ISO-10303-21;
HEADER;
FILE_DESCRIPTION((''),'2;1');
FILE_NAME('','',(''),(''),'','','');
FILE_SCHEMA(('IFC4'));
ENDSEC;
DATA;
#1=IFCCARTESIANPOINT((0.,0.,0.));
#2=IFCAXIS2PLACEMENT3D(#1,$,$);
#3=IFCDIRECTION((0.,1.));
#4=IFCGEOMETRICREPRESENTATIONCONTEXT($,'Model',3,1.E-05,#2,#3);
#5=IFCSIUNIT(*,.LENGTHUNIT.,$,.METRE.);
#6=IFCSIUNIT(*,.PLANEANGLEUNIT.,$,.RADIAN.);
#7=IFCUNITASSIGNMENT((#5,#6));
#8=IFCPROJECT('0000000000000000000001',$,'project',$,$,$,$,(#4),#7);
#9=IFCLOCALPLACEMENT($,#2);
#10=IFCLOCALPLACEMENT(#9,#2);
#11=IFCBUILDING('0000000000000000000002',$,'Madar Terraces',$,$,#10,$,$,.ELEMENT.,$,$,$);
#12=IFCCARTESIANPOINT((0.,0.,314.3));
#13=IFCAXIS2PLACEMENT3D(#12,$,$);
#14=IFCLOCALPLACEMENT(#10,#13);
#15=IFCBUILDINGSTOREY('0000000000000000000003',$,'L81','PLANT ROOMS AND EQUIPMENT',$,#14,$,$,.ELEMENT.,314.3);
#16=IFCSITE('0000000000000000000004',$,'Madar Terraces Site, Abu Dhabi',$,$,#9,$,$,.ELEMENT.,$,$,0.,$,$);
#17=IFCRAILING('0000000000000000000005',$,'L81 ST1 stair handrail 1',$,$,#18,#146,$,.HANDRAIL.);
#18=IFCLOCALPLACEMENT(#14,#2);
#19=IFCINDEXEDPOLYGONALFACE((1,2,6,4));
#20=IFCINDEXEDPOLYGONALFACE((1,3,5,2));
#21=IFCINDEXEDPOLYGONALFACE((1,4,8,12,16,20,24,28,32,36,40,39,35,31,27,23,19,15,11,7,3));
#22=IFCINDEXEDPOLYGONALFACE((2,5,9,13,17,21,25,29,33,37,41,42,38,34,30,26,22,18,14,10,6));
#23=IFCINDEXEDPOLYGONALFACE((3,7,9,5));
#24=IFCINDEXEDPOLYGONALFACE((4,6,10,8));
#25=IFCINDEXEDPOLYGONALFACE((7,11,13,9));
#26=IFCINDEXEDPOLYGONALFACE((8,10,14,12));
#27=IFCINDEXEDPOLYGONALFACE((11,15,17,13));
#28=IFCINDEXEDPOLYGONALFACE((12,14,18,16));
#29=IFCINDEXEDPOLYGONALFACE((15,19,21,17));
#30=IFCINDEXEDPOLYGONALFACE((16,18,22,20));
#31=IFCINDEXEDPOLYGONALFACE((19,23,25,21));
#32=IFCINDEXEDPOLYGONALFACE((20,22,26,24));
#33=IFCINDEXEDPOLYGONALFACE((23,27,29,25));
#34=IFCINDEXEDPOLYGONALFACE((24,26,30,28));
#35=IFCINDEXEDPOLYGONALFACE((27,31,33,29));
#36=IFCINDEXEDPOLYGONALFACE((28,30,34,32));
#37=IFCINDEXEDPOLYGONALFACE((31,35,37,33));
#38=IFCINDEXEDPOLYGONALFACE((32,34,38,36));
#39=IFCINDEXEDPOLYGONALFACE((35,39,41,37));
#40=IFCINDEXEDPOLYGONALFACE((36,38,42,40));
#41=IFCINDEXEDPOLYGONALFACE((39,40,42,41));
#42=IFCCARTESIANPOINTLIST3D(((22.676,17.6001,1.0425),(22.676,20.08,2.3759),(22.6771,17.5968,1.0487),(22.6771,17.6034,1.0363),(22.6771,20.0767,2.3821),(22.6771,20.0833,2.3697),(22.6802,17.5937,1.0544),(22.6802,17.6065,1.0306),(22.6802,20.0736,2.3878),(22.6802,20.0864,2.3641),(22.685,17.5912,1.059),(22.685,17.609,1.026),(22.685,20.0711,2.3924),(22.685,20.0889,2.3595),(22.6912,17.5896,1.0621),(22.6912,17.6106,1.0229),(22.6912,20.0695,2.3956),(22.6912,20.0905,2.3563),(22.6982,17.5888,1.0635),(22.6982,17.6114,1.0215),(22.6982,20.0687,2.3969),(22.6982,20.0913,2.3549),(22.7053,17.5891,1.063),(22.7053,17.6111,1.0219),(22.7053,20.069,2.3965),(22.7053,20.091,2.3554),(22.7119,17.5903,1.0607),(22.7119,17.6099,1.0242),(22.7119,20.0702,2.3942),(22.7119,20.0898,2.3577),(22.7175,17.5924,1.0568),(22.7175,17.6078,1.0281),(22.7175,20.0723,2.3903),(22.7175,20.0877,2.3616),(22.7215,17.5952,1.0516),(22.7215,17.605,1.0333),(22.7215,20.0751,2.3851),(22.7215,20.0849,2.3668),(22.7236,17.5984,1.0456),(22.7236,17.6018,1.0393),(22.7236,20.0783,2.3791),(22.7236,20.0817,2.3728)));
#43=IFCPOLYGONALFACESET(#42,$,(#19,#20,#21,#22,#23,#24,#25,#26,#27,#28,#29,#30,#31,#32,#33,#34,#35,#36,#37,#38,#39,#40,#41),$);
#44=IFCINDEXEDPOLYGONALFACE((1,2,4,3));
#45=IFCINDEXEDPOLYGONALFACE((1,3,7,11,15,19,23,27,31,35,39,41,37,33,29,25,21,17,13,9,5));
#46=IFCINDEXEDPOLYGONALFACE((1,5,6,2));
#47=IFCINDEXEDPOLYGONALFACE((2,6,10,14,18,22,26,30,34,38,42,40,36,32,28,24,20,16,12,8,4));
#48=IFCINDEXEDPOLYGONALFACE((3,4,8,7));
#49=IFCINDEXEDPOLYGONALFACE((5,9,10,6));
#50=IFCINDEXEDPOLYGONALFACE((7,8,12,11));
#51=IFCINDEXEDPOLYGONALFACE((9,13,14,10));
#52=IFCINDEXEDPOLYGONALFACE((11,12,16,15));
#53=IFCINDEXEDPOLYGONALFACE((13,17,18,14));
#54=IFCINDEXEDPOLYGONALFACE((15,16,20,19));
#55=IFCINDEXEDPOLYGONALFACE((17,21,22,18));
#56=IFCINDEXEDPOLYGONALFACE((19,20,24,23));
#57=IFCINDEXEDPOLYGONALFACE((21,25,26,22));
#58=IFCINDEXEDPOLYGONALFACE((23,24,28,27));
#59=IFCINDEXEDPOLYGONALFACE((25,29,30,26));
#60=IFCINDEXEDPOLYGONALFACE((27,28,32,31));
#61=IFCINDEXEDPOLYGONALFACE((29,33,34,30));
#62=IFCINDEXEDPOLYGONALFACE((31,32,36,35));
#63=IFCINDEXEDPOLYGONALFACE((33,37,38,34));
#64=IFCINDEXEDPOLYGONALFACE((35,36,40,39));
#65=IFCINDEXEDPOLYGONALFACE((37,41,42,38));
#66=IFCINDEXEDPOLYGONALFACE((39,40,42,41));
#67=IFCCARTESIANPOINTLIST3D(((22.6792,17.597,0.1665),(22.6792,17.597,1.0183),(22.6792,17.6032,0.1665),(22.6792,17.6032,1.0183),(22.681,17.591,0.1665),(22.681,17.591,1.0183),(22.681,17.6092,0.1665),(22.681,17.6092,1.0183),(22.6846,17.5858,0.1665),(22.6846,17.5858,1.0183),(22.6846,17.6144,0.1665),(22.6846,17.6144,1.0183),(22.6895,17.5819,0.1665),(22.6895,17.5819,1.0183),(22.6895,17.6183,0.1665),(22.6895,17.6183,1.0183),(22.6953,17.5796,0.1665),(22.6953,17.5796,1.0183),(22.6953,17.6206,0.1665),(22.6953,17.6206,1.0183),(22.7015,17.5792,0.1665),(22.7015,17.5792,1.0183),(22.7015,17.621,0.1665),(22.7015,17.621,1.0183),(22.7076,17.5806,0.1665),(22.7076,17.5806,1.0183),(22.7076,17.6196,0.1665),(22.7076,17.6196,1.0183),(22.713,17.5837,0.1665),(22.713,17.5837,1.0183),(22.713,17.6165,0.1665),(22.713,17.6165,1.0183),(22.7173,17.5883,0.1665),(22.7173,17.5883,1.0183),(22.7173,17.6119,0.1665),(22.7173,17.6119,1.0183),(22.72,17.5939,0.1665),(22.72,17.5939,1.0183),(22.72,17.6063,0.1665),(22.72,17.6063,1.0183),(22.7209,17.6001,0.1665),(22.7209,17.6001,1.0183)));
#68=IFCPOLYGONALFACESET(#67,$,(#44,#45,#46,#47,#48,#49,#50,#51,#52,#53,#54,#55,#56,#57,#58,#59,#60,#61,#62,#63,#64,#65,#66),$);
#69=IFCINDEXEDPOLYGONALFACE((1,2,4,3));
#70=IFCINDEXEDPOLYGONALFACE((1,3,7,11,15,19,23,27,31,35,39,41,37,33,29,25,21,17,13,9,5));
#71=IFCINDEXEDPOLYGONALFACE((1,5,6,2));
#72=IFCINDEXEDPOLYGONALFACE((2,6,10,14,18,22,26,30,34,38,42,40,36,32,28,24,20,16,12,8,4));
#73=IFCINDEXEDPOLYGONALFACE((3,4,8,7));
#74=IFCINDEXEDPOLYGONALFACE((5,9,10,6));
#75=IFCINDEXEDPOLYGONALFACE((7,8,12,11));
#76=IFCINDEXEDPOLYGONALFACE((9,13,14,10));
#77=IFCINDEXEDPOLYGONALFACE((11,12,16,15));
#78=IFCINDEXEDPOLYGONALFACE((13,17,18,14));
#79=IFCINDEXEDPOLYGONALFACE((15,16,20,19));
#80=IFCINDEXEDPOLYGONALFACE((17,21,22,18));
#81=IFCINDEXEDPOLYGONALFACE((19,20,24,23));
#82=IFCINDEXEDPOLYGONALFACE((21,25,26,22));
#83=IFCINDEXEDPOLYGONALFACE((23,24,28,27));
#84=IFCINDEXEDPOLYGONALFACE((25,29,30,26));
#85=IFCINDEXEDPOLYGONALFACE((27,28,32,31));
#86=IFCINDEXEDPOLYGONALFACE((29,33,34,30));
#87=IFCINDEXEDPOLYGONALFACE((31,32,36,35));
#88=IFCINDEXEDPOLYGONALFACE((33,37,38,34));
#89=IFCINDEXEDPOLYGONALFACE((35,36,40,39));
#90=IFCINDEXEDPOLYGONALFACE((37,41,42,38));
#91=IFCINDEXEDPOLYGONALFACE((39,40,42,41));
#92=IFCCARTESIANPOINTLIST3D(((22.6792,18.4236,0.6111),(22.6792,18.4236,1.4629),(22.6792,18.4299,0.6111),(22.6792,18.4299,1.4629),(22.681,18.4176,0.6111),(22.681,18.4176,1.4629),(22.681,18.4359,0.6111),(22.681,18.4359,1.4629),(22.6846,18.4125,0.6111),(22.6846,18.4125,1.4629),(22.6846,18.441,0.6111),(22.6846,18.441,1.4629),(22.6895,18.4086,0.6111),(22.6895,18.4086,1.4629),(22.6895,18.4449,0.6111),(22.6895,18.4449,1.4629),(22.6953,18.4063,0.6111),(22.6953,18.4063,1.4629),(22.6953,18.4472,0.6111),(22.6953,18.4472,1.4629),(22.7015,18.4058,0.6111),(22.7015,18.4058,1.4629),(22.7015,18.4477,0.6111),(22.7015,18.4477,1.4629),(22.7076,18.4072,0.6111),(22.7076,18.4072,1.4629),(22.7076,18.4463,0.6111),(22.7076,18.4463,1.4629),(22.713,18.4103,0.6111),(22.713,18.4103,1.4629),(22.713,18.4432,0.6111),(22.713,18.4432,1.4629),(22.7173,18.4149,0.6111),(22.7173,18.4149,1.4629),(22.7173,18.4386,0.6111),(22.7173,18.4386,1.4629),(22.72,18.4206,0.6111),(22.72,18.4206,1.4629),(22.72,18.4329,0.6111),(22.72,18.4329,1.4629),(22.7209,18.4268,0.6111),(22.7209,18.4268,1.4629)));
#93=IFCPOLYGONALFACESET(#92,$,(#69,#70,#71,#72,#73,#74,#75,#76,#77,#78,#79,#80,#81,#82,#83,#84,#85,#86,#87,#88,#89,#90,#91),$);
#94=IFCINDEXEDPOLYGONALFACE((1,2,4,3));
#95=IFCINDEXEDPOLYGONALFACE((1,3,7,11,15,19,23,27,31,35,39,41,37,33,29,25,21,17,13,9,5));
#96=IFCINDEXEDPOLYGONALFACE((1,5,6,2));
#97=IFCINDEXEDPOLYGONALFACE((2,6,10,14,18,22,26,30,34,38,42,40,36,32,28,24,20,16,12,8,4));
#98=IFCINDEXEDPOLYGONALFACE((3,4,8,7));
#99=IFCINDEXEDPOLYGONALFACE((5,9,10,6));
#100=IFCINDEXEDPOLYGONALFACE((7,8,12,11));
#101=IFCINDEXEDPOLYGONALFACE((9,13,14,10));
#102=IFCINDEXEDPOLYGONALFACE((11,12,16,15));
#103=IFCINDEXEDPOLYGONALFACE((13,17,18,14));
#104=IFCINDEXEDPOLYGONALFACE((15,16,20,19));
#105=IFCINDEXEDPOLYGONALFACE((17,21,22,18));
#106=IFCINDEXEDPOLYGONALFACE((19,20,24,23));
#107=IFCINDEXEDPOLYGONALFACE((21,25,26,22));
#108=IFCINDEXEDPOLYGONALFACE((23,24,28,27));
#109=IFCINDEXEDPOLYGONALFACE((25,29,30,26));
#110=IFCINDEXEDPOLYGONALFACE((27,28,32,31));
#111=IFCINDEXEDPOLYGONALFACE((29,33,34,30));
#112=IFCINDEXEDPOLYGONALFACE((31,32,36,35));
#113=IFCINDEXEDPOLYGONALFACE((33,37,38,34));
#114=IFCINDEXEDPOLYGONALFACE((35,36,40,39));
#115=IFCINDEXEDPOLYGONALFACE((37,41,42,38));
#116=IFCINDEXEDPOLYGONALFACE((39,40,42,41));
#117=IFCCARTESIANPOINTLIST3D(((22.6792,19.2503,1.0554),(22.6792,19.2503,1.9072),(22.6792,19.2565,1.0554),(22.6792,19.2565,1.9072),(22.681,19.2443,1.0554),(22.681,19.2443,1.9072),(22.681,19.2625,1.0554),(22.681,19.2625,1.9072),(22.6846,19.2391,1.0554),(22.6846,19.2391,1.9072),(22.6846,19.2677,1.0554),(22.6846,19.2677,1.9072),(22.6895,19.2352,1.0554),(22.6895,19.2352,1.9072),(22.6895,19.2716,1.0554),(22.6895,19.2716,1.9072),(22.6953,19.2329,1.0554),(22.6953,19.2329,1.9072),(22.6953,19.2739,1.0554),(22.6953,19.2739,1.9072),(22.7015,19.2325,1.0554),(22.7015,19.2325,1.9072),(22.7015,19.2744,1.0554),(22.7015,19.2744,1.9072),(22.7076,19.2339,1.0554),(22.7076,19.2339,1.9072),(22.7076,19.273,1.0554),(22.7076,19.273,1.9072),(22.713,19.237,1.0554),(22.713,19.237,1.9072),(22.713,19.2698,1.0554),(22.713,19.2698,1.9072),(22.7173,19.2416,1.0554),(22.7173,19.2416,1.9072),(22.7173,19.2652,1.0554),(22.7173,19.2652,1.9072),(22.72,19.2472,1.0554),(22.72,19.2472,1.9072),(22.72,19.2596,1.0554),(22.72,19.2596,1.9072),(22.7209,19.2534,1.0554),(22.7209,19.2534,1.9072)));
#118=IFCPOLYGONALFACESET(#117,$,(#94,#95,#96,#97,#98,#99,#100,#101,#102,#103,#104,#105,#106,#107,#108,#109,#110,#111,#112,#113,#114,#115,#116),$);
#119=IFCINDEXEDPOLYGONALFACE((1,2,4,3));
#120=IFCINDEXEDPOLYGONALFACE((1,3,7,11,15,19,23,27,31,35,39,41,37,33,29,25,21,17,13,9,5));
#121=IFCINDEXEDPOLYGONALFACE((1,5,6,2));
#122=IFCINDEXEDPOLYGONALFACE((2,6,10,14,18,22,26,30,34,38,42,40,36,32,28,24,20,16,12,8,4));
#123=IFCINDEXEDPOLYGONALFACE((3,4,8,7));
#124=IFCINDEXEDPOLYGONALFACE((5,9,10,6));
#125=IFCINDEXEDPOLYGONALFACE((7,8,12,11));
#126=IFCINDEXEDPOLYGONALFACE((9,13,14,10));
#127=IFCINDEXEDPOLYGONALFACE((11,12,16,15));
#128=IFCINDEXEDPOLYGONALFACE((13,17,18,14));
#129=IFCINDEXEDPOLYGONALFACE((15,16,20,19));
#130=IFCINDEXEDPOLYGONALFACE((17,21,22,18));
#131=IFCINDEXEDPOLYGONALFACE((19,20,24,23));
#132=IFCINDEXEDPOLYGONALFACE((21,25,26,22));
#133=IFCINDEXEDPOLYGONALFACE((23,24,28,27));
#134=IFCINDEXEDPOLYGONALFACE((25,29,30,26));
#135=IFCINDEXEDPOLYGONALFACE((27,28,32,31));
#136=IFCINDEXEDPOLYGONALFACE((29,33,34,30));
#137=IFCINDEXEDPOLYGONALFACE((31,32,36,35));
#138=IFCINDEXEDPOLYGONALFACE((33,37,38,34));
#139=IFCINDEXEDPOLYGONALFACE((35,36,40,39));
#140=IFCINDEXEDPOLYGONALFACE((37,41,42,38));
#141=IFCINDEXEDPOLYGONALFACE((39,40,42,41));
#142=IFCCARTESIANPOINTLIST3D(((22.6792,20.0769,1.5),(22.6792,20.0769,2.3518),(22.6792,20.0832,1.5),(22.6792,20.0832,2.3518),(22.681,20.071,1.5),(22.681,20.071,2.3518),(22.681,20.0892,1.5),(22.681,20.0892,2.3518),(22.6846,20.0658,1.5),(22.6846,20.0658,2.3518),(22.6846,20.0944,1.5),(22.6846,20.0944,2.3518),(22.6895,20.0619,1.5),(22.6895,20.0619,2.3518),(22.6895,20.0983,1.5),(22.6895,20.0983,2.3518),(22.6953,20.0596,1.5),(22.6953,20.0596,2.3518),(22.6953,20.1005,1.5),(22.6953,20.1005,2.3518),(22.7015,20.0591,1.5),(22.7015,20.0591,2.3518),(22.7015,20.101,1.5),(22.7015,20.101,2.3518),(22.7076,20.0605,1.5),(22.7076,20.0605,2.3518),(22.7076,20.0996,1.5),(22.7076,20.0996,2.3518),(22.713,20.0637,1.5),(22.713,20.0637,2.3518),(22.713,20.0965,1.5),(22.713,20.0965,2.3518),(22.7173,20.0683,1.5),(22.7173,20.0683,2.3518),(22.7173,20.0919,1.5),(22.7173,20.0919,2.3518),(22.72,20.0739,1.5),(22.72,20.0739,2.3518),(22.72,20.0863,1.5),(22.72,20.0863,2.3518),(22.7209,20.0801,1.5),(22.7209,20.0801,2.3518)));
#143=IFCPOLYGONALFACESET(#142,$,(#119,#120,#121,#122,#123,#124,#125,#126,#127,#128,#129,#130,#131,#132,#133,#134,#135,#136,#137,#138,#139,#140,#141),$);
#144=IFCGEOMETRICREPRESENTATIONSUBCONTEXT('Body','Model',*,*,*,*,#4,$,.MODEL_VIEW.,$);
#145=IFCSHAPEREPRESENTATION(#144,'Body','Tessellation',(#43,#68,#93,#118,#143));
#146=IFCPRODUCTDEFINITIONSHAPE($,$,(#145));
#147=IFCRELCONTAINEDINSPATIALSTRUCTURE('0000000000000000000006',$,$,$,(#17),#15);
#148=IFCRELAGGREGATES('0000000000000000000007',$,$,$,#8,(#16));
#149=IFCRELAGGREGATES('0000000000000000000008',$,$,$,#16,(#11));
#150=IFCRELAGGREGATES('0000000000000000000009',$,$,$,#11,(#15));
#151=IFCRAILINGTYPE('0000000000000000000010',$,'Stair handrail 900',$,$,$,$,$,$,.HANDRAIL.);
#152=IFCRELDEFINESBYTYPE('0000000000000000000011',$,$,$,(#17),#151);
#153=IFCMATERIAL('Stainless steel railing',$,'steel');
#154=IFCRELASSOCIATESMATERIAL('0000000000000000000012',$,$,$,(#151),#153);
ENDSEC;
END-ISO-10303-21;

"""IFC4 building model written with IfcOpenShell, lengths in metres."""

from ifc_helpers import new_model, si_unit, direction, frame, origin, origin_2d, place, context, subcontext, project, spatial, circle, extrude, material, type_object, element, save


model = new_model("IFC4")

# Units and contexts
model_context = context("Model", 3, precision=1e-05, world=origin(), true_north=direction((0.0, 1.0)))
body_context = subcontext(model_context, "Body", "Model", "MODEL_VIEW")
ifc_project = project(units=[si_unit("LENGTHUNIT", "METRE"), si_unit("PLANEANGLEUNIT", "RADIAN")], contexts=[model_context])

# Site, building, storey
site_placement = place(None, origin())
site = spatial("IfcSite", under=ifc_project, at=site_placement, Name="Madar Terraces Site, Abu Dhabi", CompositionType="ELEMENT", RefElevation=0.0)
building_placement = place(site_placement, origin())
building = spatial("IfcBuilding", under=site, at=building_placement, Name="Madar Terraces", CompositionType="ELEMENT")
storey_placement = place(building_placement, frame((0.0, 0.0, 314.3)))
storey = spatial("IfcBuildingStorey", under=building, at=storey_placement, Name="L81", Description="PLANT ROOMS AND EQUIPMENT", CompositionType="ELEMENT", Elevation=314.3)

# Railing
ifc_material_1 = material(Name="Stainless steel railing", Category="steel")
railing_type_1 = type_object("IfcRailingType", Name="Stair handrail 900", PredefinedType="HANDRAIL", material=ifc_material_1)
railing_1_placement = place(storey_placement, frame((22.7, 17.6001, 0.1665)))
element("IfcRailing", 1, at=railing_1_placement, inside=storey, type_object=railing_type_1, Name="L81 ST1 stair handrail 1", PredefinedType="HANDRAIL", context=body_context, shape_type="SweptSolid", body=[
    extrude(circle(Radius=0.0239, at=origin_2d()), frame((0.0, 0.0, 0.876), z_axis=(0.0, 0.880749, 0.473583), x_axis=(-1.0, 0.0, 0.0)), (0.0, 0.0, 1.0), 2.8157),
    extrude(circle(Radius=0.021, at=origin_2d()), origin(), (0.0, 0.0, 1.0), 0.8518),
    extrude(circle(Radius=0.021, at=origin_2d()), frame((0.0, 0.8267, 0.4446)), (0.0, 0.0, 1.0), 0.8518),
    extrude(circle(Radius=0.021, at=origin_2d()), frame((0.0, 1.6533, 0.8889)), (0.0, 0.0, 1.0), 0.8518),
    extrude(circle(Radius=0.021, at=origin_2d()), frame((0.0, 2.48, 1.3335)), (0.0, 0.0, 1.0), 0.8518),
])

save(model, "model.ifc")
